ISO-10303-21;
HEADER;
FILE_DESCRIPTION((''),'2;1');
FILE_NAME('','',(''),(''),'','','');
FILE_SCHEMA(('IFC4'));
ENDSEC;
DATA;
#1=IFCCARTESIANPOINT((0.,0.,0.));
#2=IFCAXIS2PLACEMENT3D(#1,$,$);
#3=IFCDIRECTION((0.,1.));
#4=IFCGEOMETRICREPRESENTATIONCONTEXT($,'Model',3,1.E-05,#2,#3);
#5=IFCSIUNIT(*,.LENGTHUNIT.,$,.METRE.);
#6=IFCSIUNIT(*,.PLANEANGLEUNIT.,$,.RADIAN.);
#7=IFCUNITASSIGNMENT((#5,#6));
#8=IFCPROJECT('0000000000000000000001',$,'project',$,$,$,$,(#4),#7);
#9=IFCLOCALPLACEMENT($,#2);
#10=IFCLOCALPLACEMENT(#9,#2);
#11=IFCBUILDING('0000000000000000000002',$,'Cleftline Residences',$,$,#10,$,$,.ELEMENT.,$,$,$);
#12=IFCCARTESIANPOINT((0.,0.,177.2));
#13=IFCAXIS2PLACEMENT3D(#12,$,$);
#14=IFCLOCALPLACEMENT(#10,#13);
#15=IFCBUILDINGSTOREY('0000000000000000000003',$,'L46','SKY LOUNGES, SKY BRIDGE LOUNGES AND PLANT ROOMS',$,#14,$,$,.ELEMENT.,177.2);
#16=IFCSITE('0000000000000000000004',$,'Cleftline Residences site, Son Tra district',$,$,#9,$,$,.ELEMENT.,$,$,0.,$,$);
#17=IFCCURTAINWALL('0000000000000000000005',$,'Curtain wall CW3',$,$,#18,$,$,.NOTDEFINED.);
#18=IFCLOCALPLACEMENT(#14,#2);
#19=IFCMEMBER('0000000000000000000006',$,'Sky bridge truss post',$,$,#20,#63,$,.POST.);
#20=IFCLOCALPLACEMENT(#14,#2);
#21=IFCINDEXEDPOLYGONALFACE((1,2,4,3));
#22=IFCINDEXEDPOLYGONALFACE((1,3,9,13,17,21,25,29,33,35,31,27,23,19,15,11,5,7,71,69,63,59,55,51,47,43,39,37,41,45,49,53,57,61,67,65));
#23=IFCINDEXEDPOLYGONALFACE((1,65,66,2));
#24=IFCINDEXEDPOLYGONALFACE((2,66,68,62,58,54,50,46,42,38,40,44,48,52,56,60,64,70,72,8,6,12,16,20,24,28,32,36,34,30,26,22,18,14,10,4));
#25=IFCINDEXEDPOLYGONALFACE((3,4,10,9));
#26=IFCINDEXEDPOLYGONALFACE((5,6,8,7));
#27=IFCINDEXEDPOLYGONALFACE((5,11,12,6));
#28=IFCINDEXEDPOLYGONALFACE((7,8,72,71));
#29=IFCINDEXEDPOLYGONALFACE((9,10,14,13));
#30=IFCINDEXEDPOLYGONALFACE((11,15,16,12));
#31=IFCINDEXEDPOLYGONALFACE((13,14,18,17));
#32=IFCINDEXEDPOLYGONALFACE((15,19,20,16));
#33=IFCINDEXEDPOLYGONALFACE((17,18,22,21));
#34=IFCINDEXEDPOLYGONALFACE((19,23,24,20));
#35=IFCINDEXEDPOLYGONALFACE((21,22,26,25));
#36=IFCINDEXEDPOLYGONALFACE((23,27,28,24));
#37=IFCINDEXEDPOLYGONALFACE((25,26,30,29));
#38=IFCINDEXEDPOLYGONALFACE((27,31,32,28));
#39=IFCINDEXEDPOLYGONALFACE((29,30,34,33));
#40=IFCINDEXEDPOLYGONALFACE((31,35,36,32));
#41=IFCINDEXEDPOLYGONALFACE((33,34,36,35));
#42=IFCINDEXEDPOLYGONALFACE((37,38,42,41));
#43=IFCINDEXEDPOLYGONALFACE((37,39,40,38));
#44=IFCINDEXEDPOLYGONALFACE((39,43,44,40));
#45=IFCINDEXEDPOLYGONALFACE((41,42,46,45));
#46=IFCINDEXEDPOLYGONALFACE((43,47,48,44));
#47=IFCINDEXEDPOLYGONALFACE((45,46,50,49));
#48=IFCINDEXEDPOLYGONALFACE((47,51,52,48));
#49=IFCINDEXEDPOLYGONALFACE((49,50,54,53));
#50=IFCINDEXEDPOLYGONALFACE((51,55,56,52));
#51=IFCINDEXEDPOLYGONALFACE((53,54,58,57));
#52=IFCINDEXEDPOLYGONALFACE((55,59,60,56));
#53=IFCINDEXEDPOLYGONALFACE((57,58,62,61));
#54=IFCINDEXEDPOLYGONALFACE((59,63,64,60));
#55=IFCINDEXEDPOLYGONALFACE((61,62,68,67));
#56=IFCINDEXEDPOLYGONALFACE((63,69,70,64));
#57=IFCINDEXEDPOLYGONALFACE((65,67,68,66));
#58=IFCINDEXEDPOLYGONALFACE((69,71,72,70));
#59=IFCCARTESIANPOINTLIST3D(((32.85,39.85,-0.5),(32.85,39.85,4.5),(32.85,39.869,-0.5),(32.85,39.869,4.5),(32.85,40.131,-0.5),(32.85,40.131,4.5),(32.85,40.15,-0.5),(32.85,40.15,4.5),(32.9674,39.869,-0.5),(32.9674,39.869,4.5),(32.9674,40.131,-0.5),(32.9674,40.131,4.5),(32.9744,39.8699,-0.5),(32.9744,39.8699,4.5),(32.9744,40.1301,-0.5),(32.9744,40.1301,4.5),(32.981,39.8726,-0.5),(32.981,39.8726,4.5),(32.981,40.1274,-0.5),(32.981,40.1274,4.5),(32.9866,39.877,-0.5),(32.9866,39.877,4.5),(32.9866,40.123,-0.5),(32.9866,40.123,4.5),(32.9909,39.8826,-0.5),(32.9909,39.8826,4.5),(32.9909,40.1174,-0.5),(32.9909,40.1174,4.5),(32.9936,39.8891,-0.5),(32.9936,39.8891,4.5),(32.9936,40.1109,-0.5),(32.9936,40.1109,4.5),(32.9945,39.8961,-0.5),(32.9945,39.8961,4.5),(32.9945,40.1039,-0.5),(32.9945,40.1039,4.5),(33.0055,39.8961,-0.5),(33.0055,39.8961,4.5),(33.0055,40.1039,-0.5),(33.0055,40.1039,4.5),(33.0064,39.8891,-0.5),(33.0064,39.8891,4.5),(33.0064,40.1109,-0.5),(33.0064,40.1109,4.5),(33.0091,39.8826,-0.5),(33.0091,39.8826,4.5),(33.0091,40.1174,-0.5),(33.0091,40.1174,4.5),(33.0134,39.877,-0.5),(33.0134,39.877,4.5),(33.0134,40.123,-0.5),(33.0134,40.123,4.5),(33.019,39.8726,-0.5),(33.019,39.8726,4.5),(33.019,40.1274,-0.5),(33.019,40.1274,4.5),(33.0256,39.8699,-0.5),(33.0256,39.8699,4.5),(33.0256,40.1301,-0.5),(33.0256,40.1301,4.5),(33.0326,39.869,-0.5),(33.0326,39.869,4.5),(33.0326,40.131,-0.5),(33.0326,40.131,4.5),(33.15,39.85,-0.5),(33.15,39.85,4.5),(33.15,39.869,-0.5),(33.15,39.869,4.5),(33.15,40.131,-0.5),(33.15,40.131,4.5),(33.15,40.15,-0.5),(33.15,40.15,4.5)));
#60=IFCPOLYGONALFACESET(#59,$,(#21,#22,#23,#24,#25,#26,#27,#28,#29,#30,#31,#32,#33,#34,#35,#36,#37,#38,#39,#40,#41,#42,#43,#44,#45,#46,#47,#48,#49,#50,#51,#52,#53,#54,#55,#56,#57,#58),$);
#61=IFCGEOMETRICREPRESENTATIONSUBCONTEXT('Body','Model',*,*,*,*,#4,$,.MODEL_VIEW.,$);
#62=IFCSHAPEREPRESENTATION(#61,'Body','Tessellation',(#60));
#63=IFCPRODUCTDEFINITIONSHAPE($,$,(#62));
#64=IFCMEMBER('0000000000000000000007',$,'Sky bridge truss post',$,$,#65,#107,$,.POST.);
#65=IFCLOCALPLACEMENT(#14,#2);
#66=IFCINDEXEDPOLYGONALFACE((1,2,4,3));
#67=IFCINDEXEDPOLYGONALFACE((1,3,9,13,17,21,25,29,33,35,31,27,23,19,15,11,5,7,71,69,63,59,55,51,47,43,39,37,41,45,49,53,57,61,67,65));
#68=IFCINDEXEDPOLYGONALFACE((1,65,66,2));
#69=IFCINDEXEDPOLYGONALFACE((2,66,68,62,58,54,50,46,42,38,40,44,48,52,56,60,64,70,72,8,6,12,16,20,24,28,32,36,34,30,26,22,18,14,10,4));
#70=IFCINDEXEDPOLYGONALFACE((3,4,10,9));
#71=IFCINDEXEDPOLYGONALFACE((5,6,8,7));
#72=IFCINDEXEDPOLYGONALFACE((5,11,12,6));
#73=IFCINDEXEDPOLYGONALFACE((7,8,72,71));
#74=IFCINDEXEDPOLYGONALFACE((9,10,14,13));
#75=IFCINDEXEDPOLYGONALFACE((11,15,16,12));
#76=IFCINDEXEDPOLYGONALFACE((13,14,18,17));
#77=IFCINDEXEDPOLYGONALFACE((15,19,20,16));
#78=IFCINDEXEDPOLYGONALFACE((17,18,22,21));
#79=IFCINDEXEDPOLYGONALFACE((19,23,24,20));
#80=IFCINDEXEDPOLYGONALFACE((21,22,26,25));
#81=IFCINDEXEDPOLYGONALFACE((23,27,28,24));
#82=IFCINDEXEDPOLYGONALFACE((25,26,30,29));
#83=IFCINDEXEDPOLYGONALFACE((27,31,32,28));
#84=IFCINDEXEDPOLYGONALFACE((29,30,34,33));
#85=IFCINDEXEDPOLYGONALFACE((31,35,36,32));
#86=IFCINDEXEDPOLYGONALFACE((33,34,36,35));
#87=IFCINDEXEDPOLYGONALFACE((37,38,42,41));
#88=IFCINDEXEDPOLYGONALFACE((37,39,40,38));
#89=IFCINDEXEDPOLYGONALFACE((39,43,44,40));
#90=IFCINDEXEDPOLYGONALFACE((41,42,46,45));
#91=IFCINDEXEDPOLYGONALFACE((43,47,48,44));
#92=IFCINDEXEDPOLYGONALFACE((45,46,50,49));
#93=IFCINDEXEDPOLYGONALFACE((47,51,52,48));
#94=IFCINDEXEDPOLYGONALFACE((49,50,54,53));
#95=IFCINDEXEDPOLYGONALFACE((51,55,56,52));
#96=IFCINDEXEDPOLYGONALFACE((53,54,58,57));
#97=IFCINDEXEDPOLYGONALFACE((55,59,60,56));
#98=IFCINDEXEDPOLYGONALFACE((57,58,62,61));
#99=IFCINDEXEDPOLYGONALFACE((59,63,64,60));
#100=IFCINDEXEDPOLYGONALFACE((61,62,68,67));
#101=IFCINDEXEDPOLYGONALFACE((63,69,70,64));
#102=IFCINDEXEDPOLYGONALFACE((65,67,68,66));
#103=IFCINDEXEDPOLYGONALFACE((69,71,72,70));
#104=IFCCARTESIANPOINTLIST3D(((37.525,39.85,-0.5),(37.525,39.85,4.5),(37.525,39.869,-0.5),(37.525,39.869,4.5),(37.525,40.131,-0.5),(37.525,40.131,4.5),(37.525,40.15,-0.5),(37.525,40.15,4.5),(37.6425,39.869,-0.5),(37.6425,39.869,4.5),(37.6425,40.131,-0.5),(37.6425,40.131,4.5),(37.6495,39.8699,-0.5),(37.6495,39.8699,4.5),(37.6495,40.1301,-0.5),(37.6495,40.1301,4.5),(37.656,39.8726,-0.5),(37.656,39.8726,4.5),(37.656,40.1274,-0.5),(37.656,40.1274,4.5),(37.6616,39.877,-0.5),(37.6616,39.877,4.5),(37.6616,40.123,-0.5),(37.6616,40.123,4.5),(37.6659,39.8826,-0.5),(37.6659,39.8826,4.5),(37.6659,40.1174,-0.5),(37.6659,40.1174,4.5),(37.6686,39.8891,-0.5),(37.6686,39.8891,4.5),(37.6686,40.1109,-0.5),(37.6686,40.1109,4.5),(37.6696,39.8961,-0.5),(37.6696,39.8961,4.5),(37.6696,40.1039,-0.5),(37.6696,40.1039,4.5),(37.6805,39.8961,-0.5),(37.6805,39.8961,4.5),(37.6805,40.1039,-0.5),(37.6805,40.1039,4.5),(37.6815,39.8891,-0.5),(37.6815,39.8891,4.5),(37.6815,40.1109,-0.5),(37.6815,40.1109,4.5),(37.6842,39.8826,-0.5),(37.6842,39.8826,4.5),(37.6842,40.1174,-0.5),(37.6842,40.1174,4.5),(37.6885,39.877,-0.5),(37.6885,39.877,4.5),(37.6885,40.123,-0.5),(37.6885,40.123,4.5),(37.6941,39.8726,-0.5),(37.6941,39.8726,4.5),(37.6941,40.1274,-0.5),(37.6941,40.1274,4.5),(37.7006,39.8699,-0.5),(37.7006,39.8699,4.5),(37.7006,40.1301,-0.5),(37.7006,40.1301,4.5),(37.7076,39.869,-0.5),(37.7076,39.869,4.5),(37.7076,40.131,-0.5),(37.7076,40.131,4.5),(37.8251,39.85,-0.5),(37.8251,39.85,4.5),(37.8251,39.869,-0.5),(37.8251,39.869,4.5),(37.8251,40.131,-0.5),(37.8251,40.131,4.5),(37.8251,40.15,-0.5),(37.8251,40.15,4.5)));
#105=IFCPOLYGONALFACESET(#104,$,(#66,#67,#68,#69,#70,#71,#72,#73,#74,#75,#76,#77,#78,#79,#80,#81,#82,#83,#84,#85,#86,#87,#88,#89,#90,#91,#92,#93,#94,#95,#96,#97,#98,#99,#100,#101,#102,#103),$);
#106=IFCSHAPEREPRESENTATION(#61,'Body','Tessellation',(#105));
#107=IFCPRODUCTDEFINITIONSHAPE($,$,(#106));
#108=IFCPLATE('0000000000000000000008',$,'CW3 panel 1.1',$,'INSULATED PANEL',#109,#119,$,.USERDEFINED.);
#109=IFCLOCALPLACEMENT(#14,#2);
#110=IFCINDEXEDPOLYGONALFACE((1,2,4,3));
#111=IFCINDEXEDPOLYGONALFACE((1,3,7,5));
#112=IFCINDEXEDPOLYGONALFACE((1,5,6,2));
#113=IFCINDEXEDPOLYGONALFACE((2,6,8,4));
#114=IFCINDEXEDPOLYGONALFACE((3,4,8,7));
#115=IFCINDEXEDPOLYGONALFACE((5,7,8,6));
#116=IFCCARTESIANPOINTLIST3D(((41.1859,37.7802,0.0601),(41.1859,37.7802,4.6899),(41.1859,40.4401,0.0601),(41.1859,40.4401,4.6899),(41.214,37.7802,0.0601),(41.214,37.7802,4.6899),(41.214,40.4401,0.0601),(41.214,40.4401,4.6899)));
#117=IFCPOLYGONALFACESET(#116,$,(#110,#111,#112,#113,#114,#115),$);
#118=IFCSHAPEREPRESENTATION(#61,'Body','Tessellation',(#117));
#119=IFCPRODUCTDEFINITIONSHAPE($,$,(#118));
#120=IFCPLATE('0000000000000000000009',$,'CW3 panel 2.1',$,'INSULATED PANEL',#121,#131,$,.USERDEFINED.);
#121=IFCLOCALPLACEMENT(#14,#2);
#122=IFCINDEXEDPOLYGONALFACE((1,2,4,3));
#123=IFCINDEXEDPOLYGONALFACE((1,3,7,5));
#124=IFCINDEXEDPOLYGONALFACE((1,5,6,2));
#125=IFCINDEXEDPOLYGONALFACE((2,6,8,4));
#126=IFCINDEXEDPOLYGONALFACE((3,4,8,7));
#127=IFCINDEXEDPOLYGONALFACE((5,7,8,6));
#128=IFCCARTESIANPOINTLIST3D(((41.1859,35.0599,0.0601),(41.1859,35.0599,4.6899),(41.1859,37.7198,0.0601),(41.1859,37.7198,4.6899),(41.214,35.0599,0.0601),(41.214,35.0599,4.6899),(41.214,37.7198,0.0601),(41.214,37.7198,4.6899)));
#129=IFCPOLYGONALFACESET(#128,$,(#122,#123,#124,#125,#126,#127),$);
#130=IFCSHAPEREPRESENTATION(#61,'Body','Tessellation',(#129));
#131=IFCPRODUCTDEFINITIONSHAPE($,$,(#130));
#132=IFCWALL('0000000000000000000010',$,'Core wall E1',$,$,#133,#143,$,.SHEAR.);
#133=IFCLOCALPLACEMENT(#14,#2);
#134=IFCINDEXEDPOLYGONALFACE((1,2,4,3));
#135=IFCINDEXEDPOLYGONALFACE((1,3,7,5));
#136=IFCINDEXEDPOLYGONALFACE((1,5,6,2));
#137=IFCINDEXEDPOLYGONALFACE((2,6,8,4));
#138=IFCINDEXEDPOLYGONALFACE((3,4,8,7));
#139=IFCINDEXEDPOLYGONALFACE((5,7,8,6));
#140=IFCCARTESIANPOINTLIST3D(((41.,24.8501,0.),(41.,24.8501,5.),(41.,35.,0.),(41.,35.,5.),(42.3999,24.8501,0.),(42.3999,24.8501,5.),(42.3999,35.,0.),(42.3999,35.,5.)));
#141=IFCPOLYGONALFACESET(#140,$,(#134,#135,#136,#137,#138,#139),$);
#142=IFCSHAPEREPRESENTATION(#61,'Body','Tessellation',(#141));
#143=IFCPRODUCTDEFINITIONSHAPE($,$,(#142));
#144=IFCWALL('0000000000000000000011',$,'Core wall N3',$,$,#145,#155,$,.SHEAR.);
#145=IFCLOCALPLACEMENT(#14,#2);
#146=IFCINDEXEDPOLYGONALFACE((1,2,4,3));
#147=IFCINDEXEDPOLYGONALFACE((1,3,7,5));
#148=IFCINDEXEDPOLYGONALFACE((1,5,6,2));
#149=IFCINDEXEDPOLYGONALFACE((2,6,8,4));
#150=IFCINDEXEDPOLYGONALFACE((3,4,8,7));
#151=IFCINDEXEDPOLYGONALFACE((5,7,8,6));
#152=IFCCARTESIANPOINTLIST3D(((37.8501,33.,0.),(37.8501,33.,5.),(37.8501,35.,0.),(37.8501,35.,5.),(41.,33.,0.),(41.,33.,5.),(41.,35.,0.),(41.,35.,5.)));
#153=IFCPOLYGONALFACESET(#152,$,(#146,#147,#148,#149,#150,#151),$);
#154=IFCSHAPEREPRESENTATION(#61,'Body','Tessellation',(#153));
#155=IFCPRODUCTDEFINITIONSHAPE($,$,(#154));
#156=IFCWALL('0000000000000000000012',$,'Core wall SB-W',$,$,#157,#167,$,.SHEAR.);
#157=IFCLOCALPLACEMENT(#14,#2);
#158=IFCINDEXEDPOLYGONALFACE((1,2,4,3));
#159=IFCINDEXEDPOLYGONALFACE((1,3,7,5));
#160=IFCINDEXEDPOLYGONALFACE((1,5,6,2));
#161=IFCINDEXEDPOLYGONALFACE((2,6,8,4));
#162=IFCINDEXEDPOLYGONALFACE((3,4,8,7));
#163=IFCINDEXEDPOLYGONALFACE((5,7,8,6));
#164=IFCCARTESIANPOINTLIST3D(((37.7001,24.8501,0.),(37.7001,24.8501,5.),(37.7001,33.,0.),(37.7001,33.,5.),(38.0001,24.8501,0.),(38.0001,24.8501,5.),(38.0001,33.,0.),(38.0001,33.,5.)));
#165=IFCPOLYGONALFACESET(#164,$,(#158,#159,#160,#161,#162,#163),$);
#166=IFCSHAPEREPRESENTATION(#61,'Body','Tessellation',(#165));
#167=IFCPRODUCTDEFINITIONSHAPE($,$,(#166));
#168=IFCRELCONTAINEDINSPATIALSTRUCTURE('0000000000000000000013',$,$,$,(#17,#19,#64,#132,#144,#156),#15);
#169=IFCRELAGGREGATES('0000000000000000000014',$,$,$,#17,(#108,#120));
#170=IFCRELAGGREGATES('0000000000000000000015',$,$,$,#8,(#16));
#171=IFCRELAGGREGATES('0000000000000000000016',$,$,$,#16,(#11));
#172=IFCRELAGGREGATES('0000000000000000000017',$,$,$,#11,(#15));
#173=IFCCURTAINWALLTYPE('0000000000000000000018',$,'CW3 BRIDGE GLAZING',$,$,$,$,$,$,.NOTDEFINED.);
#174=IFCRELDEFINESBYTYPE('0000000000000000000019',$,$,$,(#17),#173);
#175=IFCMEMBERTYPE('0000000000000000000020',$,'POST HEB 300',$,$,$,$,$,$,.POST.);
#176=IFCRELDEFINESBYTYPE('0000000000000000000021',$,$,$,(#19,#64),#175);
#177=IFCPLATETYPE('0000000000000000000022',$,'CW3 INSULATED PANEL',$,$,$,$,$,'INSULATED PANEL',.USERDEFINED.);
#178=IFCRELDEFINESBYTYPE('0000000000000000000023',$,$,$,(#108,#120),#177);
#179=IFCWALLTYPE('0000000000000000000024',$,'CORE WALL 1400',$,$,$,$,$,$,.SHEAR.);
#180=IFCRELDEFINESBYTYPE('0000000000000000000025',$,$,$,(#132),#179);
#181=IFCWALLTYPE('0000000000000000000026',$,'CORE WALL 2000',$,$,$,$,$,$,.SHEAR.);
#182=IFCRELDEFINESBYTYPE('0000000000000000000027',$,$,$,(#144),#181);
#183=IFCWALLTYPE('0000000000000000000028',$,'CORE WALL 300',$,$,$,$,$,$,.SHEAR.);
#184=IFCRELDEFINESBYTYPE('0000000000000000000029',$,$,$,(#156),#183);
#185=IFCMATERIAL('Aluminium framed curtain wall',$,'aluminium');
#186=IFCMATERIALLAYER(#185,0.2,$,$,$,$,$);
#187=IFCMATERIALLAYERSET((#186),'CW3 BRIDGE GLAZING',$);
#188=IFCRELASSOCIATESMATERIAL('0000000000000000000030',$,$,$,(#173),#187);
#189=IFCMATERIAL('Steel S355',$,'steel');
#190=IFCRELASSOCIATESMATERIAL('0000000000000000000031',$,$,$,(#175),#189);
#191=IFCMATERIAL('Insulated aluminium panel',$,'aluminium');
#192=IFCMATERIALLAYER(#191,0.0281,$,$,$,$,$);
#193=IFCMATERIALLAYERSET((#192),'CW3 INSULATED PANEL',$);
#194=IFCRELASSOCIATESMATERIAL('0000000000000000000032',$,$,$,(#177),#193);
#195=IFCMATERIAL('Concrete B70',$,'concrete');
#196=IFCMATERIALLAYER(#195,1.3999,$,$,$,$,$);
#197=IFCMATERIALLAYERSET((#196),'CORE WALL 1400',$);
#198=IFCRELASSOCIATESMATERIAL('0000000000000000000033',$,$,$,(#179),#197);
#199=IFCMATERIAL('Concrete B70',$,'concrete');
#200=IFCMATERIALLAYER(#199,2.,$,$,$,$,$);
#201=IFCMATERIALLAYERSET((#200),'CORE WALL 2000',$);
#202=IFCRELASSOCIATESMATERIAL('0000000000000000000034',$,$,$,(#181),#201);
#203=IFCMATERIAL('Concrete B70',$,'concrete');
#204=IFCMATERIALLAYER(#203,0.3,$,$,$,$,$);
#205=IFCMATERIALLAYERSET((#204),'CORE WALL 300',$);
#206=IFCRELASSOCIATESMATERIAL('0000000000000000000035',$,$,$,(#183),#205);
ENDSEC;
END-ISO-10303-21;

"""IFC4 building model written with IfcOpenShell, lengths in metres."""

from ifc_helpers import new_model, si_unit, direction, frame, frame_2d, origin, origin_2d, place, context, subcontext, project, spatial, rectangle, i_section, extrude, material, layer, layer_set, material_profile, profile_set, type_object, element, aggregate, save


model = new_model("IFC4")

# Units and contexts
model_context = context("Model", 3, precision=1e-05, world=origin(), true_north=direction((0.0, 1.0)))
body_context = subcontext(model_context, "Body", "Model", "MODEL_VIEW")
ifc_project = project(units=[si_unit("LENGTHUNIT", "METRE"), si_unit("PLANEANGLEUNIT", "RADIAN")], contexts=[model_context])

# Site, building, storey
site_placement = place(None, origin())
site = spatial("IfcSite", under=ifc_project, at=site_placement, Name="Cleftline Residences site, Son Tra district", CompositionType="ELEMENT", RefElevation=0.0)
building_placement = place(site_placement, origin())
building = spatial("IfcBuilding", under=site, at=building_placement, Name="Cleftline Residences", CompositionType="ELEMENT")
storey_placement = place(building_placement, frame((0.0, 0.0, 177.2)))
storey = spatial("IfcBuildingStorey", under=building, at=storey_placement, Name="L46", Description="SKY LOUNGES, SKY BRIDGE LOUNGES AND PLANT ROOMS", CompositionType="ELEMENT", Elevation=177.2)

# Curtain wall
ifc_material_1 = material(Name="Aluminium framed curtain wall", Category="aluminium")
ifc_layer_1 = layer(ifc_material_1, 0.2)
ifc_layer_set_1 = layer_set([ifc_layer_1], Name="CW3 BRIDGE GLAZING")
curtain_wall_type = type_object("IfcCurtainWallType", Name="CW3 BRIDGE GLAZING", PredefinedType="NOTDEFINED", material=ifc_layer_set_1)
curtain_wall_placement = place(storey_placement, origin())
curtain_wall = element("IfcCurtainWall", 1, at=curtain_wall_placement, inside=storey, type_object=curtain_wall_type, Name="Curtain wall CW3", PredefinedType="NOTDEFINED")

# Members
ifc_material_2 = material(Name="Steel S355", Category="steel")
ifc_material_profile_1 = material_profile(ifc_material_2, i_section(OverallWidth=0.3, OverallDepth=0.3, WebThickness=0.011, FlangeThickness=0.019, FilletRadius=0.0271, at=origin_2d()))
ifc_profile_set_1 = profile_set([ifc_material_profile_1], Name="Steel S355")
member_type_1 = type_object("IfcMemberType", Name="POST HEB 300", PredefinedType="POST", material=ifc_profile_set_1)
for number, where, z_axis, x_axis, name in (
    (2, (33.0, 40.0, -0.5), (0.0, 0.0, 1.0), (1.0, 0.0, 0.0), "Sky bridge truss post"),
    (3, (37.675, 40.0, -0.5), (0.0, 0.0, 1.0), (1.0, 0.0, 0.0), "Sky bridge truss post"),
):
    element("IfcMember", number, at=place(storey_placement, frame(where, z_axis=z_axis, x_axis=x_axis)), inside=storey, type_object=member_type_1, Name=name, PredefinedType="POST", context=body_context, shape_type="SweptSolid", body=[
        extrude(i_section(OverallWidth=0.3, OverallDepth=0.3, WebThickness=0.011, FlangeThickness=0.019, FilletRadius=0.0271, at=origin_2d()), origin(), (0.0, 0.0, 1.0), 5.0),
    ])

# Plates
ifc_material_3 = material(Name="Insulated aluminium panel", Category="aluminium")
ifc_layer_2 = layer(ifc_material_3, 0.0281)
ifc_layer_set_2 = layer_set([ifc_layer_2], Name="CW3 INSULATED PANEL")
plate_type = type_object("IfcPlateType", Name="CW3 INSULATED PANEL", ElementType="INSULATED PANEL", PredefinedType="USERDEFINED", material=ifc_layer_set_2)
plate_1_placement = place(storey_placement, frame((41.2, 39.1101, 0.0601), z_axis=(0.0, 0.0, 1.0), x_axis=(0.0, -1.0, 0.0)))
plate_1 = element("IfcPlate", 4, at=plate_1_placement, type_object=plate_type, Name="CW3 panel 1.1", ObjectType="INSULATED PANEL", PredefinedType="USERDEFINED", context=body_context, shape_type="SweptSolid", body=[
    extrude(rectangle(XDim=2.6599, YDim=0.0281, at=origin_2d()), origin(), (0.0, 0.0, 1.0), 4.6299),
])
plate_2_placement = place(storey_placement, frame((41.2, 36.3899, 0.0601), z_axis=(0.0, 0.0, 1.0), x_axis=(0.0, -1.0, 0.0)))
plate_2 = element("IfcPlate", 5, at=plate_2_placement, type_object=plate_type, Name="CW3 panel 2.1", ObjectType="INSULATED PANEL", PredefinedType="USERDEFINED", context=body_context, shape_type="SweptSolid", body=[
    extrude(rectangle(XDim=2.6599, YDim=0.0281, at=origin_2d()), origin(), (0.0, 0.0, 1.0), 4.6299),
])
aggregate(curtain_wall, [plate_1, plate_2])

# Walls
ifc_material_4 = material(Name="Concrete B70", Category="concrete")
ifc_layer_3 = layer(ifc_material_4, 1.3999)
ifc_layer_set_3 = layer_set([ifc_layer_3], Name="CORE WALL 1400")
wall_type_1 = type_object("IfcWallType", Name="CORE WALL 1400", PredefinedType="SHEAR", material=ifc_layer_set_3)
wall_1_placement = place(storey_placement, frame((41.7, 24.8501, 0.0), z_axis=(0.0, 0.0, 1.0), x_axis=(0.0, 1.0, 0.0)))
element("IfcWall", 6, at=wall_1_placement, inside=storey, type_object=wall_type_1, Name="Core wall E1", PredefinedType="SHEAR", context=body_context, shape_type="SweptSolid", body=[
    extrude(rectangle(XDim=10.1499, YDim=1.3999, at=frame_2d((5.075, 0.0))), origin(), (0.0, 0.0, 1.0), 5.0),
])
ifc_material_5 = material(Name="Concrete B70", Category="concrete")
ifc_layer_4 = layer(ifc_material_5, 2.0)
ifc_layer_set_4 = layer_set([ifc_layer_4], Name="CORE WALL 2000")
wall_type_2 = type_object("IfcWallType", Name="CORE WALL 2000", PredefinedType="SHEAR", material=ifc_layer_set_4)
wall_2_placement = place(storey_placement, frame((37.8501, 34.0, 0.0), z_axis=(0.0, 0.0, 1.0), x_axis=(1.0, 0.0, 0.0)))
element("IfcWall", 7, at=wall_2_placement, inside=storey, type_object=wall_type_2, Name="Core wall N3", PredefinedType="SHEAR", context=body_context, shape_type="SweptSolid", body=[
    extrude(rectangle(XDim=3.1499, YDim=2.0, at=frame_2d((1.575, 0.0))), origin(), (0.0, 0.0, 1.0), 5.0),
])
ifc_material_6 = material(Name="Concrete B70", Category="concrete")
ifc_layer_5 = layer(ifc_material_6, 0.3)
ifc_layer_set_5 = layer_set([ifc_layer_5], Name="CORE WALL 300")
wall_type_3 = type_object("IfcWallType", Name="CORE WALL 300", PredefinedType="SHEAR", material=ifc_layer_set_5)
wall_3_placement = place(storey_placement, frame((37.8501, 24.8501, 0.0), z_axis=(0.0, 0.0, 1.0), x_axis=(0.0, 1.0, 0.0)))
element("IfcWall", 8, at=wall_3_placement, inside=storey, type_object=wall_type_3, Name="Core wall SB-W", PredefinedType="SHEAR", context=body_context, shape_type="SweptSolid", body=[
    extrude(rectangle(XDim=8.1499, YDim=0.3, at=frame_2d((4.075, 0.0))), origin(), (0.0, 0.0, 1.0), 5.0),
])

save(model, "model.ifc")
